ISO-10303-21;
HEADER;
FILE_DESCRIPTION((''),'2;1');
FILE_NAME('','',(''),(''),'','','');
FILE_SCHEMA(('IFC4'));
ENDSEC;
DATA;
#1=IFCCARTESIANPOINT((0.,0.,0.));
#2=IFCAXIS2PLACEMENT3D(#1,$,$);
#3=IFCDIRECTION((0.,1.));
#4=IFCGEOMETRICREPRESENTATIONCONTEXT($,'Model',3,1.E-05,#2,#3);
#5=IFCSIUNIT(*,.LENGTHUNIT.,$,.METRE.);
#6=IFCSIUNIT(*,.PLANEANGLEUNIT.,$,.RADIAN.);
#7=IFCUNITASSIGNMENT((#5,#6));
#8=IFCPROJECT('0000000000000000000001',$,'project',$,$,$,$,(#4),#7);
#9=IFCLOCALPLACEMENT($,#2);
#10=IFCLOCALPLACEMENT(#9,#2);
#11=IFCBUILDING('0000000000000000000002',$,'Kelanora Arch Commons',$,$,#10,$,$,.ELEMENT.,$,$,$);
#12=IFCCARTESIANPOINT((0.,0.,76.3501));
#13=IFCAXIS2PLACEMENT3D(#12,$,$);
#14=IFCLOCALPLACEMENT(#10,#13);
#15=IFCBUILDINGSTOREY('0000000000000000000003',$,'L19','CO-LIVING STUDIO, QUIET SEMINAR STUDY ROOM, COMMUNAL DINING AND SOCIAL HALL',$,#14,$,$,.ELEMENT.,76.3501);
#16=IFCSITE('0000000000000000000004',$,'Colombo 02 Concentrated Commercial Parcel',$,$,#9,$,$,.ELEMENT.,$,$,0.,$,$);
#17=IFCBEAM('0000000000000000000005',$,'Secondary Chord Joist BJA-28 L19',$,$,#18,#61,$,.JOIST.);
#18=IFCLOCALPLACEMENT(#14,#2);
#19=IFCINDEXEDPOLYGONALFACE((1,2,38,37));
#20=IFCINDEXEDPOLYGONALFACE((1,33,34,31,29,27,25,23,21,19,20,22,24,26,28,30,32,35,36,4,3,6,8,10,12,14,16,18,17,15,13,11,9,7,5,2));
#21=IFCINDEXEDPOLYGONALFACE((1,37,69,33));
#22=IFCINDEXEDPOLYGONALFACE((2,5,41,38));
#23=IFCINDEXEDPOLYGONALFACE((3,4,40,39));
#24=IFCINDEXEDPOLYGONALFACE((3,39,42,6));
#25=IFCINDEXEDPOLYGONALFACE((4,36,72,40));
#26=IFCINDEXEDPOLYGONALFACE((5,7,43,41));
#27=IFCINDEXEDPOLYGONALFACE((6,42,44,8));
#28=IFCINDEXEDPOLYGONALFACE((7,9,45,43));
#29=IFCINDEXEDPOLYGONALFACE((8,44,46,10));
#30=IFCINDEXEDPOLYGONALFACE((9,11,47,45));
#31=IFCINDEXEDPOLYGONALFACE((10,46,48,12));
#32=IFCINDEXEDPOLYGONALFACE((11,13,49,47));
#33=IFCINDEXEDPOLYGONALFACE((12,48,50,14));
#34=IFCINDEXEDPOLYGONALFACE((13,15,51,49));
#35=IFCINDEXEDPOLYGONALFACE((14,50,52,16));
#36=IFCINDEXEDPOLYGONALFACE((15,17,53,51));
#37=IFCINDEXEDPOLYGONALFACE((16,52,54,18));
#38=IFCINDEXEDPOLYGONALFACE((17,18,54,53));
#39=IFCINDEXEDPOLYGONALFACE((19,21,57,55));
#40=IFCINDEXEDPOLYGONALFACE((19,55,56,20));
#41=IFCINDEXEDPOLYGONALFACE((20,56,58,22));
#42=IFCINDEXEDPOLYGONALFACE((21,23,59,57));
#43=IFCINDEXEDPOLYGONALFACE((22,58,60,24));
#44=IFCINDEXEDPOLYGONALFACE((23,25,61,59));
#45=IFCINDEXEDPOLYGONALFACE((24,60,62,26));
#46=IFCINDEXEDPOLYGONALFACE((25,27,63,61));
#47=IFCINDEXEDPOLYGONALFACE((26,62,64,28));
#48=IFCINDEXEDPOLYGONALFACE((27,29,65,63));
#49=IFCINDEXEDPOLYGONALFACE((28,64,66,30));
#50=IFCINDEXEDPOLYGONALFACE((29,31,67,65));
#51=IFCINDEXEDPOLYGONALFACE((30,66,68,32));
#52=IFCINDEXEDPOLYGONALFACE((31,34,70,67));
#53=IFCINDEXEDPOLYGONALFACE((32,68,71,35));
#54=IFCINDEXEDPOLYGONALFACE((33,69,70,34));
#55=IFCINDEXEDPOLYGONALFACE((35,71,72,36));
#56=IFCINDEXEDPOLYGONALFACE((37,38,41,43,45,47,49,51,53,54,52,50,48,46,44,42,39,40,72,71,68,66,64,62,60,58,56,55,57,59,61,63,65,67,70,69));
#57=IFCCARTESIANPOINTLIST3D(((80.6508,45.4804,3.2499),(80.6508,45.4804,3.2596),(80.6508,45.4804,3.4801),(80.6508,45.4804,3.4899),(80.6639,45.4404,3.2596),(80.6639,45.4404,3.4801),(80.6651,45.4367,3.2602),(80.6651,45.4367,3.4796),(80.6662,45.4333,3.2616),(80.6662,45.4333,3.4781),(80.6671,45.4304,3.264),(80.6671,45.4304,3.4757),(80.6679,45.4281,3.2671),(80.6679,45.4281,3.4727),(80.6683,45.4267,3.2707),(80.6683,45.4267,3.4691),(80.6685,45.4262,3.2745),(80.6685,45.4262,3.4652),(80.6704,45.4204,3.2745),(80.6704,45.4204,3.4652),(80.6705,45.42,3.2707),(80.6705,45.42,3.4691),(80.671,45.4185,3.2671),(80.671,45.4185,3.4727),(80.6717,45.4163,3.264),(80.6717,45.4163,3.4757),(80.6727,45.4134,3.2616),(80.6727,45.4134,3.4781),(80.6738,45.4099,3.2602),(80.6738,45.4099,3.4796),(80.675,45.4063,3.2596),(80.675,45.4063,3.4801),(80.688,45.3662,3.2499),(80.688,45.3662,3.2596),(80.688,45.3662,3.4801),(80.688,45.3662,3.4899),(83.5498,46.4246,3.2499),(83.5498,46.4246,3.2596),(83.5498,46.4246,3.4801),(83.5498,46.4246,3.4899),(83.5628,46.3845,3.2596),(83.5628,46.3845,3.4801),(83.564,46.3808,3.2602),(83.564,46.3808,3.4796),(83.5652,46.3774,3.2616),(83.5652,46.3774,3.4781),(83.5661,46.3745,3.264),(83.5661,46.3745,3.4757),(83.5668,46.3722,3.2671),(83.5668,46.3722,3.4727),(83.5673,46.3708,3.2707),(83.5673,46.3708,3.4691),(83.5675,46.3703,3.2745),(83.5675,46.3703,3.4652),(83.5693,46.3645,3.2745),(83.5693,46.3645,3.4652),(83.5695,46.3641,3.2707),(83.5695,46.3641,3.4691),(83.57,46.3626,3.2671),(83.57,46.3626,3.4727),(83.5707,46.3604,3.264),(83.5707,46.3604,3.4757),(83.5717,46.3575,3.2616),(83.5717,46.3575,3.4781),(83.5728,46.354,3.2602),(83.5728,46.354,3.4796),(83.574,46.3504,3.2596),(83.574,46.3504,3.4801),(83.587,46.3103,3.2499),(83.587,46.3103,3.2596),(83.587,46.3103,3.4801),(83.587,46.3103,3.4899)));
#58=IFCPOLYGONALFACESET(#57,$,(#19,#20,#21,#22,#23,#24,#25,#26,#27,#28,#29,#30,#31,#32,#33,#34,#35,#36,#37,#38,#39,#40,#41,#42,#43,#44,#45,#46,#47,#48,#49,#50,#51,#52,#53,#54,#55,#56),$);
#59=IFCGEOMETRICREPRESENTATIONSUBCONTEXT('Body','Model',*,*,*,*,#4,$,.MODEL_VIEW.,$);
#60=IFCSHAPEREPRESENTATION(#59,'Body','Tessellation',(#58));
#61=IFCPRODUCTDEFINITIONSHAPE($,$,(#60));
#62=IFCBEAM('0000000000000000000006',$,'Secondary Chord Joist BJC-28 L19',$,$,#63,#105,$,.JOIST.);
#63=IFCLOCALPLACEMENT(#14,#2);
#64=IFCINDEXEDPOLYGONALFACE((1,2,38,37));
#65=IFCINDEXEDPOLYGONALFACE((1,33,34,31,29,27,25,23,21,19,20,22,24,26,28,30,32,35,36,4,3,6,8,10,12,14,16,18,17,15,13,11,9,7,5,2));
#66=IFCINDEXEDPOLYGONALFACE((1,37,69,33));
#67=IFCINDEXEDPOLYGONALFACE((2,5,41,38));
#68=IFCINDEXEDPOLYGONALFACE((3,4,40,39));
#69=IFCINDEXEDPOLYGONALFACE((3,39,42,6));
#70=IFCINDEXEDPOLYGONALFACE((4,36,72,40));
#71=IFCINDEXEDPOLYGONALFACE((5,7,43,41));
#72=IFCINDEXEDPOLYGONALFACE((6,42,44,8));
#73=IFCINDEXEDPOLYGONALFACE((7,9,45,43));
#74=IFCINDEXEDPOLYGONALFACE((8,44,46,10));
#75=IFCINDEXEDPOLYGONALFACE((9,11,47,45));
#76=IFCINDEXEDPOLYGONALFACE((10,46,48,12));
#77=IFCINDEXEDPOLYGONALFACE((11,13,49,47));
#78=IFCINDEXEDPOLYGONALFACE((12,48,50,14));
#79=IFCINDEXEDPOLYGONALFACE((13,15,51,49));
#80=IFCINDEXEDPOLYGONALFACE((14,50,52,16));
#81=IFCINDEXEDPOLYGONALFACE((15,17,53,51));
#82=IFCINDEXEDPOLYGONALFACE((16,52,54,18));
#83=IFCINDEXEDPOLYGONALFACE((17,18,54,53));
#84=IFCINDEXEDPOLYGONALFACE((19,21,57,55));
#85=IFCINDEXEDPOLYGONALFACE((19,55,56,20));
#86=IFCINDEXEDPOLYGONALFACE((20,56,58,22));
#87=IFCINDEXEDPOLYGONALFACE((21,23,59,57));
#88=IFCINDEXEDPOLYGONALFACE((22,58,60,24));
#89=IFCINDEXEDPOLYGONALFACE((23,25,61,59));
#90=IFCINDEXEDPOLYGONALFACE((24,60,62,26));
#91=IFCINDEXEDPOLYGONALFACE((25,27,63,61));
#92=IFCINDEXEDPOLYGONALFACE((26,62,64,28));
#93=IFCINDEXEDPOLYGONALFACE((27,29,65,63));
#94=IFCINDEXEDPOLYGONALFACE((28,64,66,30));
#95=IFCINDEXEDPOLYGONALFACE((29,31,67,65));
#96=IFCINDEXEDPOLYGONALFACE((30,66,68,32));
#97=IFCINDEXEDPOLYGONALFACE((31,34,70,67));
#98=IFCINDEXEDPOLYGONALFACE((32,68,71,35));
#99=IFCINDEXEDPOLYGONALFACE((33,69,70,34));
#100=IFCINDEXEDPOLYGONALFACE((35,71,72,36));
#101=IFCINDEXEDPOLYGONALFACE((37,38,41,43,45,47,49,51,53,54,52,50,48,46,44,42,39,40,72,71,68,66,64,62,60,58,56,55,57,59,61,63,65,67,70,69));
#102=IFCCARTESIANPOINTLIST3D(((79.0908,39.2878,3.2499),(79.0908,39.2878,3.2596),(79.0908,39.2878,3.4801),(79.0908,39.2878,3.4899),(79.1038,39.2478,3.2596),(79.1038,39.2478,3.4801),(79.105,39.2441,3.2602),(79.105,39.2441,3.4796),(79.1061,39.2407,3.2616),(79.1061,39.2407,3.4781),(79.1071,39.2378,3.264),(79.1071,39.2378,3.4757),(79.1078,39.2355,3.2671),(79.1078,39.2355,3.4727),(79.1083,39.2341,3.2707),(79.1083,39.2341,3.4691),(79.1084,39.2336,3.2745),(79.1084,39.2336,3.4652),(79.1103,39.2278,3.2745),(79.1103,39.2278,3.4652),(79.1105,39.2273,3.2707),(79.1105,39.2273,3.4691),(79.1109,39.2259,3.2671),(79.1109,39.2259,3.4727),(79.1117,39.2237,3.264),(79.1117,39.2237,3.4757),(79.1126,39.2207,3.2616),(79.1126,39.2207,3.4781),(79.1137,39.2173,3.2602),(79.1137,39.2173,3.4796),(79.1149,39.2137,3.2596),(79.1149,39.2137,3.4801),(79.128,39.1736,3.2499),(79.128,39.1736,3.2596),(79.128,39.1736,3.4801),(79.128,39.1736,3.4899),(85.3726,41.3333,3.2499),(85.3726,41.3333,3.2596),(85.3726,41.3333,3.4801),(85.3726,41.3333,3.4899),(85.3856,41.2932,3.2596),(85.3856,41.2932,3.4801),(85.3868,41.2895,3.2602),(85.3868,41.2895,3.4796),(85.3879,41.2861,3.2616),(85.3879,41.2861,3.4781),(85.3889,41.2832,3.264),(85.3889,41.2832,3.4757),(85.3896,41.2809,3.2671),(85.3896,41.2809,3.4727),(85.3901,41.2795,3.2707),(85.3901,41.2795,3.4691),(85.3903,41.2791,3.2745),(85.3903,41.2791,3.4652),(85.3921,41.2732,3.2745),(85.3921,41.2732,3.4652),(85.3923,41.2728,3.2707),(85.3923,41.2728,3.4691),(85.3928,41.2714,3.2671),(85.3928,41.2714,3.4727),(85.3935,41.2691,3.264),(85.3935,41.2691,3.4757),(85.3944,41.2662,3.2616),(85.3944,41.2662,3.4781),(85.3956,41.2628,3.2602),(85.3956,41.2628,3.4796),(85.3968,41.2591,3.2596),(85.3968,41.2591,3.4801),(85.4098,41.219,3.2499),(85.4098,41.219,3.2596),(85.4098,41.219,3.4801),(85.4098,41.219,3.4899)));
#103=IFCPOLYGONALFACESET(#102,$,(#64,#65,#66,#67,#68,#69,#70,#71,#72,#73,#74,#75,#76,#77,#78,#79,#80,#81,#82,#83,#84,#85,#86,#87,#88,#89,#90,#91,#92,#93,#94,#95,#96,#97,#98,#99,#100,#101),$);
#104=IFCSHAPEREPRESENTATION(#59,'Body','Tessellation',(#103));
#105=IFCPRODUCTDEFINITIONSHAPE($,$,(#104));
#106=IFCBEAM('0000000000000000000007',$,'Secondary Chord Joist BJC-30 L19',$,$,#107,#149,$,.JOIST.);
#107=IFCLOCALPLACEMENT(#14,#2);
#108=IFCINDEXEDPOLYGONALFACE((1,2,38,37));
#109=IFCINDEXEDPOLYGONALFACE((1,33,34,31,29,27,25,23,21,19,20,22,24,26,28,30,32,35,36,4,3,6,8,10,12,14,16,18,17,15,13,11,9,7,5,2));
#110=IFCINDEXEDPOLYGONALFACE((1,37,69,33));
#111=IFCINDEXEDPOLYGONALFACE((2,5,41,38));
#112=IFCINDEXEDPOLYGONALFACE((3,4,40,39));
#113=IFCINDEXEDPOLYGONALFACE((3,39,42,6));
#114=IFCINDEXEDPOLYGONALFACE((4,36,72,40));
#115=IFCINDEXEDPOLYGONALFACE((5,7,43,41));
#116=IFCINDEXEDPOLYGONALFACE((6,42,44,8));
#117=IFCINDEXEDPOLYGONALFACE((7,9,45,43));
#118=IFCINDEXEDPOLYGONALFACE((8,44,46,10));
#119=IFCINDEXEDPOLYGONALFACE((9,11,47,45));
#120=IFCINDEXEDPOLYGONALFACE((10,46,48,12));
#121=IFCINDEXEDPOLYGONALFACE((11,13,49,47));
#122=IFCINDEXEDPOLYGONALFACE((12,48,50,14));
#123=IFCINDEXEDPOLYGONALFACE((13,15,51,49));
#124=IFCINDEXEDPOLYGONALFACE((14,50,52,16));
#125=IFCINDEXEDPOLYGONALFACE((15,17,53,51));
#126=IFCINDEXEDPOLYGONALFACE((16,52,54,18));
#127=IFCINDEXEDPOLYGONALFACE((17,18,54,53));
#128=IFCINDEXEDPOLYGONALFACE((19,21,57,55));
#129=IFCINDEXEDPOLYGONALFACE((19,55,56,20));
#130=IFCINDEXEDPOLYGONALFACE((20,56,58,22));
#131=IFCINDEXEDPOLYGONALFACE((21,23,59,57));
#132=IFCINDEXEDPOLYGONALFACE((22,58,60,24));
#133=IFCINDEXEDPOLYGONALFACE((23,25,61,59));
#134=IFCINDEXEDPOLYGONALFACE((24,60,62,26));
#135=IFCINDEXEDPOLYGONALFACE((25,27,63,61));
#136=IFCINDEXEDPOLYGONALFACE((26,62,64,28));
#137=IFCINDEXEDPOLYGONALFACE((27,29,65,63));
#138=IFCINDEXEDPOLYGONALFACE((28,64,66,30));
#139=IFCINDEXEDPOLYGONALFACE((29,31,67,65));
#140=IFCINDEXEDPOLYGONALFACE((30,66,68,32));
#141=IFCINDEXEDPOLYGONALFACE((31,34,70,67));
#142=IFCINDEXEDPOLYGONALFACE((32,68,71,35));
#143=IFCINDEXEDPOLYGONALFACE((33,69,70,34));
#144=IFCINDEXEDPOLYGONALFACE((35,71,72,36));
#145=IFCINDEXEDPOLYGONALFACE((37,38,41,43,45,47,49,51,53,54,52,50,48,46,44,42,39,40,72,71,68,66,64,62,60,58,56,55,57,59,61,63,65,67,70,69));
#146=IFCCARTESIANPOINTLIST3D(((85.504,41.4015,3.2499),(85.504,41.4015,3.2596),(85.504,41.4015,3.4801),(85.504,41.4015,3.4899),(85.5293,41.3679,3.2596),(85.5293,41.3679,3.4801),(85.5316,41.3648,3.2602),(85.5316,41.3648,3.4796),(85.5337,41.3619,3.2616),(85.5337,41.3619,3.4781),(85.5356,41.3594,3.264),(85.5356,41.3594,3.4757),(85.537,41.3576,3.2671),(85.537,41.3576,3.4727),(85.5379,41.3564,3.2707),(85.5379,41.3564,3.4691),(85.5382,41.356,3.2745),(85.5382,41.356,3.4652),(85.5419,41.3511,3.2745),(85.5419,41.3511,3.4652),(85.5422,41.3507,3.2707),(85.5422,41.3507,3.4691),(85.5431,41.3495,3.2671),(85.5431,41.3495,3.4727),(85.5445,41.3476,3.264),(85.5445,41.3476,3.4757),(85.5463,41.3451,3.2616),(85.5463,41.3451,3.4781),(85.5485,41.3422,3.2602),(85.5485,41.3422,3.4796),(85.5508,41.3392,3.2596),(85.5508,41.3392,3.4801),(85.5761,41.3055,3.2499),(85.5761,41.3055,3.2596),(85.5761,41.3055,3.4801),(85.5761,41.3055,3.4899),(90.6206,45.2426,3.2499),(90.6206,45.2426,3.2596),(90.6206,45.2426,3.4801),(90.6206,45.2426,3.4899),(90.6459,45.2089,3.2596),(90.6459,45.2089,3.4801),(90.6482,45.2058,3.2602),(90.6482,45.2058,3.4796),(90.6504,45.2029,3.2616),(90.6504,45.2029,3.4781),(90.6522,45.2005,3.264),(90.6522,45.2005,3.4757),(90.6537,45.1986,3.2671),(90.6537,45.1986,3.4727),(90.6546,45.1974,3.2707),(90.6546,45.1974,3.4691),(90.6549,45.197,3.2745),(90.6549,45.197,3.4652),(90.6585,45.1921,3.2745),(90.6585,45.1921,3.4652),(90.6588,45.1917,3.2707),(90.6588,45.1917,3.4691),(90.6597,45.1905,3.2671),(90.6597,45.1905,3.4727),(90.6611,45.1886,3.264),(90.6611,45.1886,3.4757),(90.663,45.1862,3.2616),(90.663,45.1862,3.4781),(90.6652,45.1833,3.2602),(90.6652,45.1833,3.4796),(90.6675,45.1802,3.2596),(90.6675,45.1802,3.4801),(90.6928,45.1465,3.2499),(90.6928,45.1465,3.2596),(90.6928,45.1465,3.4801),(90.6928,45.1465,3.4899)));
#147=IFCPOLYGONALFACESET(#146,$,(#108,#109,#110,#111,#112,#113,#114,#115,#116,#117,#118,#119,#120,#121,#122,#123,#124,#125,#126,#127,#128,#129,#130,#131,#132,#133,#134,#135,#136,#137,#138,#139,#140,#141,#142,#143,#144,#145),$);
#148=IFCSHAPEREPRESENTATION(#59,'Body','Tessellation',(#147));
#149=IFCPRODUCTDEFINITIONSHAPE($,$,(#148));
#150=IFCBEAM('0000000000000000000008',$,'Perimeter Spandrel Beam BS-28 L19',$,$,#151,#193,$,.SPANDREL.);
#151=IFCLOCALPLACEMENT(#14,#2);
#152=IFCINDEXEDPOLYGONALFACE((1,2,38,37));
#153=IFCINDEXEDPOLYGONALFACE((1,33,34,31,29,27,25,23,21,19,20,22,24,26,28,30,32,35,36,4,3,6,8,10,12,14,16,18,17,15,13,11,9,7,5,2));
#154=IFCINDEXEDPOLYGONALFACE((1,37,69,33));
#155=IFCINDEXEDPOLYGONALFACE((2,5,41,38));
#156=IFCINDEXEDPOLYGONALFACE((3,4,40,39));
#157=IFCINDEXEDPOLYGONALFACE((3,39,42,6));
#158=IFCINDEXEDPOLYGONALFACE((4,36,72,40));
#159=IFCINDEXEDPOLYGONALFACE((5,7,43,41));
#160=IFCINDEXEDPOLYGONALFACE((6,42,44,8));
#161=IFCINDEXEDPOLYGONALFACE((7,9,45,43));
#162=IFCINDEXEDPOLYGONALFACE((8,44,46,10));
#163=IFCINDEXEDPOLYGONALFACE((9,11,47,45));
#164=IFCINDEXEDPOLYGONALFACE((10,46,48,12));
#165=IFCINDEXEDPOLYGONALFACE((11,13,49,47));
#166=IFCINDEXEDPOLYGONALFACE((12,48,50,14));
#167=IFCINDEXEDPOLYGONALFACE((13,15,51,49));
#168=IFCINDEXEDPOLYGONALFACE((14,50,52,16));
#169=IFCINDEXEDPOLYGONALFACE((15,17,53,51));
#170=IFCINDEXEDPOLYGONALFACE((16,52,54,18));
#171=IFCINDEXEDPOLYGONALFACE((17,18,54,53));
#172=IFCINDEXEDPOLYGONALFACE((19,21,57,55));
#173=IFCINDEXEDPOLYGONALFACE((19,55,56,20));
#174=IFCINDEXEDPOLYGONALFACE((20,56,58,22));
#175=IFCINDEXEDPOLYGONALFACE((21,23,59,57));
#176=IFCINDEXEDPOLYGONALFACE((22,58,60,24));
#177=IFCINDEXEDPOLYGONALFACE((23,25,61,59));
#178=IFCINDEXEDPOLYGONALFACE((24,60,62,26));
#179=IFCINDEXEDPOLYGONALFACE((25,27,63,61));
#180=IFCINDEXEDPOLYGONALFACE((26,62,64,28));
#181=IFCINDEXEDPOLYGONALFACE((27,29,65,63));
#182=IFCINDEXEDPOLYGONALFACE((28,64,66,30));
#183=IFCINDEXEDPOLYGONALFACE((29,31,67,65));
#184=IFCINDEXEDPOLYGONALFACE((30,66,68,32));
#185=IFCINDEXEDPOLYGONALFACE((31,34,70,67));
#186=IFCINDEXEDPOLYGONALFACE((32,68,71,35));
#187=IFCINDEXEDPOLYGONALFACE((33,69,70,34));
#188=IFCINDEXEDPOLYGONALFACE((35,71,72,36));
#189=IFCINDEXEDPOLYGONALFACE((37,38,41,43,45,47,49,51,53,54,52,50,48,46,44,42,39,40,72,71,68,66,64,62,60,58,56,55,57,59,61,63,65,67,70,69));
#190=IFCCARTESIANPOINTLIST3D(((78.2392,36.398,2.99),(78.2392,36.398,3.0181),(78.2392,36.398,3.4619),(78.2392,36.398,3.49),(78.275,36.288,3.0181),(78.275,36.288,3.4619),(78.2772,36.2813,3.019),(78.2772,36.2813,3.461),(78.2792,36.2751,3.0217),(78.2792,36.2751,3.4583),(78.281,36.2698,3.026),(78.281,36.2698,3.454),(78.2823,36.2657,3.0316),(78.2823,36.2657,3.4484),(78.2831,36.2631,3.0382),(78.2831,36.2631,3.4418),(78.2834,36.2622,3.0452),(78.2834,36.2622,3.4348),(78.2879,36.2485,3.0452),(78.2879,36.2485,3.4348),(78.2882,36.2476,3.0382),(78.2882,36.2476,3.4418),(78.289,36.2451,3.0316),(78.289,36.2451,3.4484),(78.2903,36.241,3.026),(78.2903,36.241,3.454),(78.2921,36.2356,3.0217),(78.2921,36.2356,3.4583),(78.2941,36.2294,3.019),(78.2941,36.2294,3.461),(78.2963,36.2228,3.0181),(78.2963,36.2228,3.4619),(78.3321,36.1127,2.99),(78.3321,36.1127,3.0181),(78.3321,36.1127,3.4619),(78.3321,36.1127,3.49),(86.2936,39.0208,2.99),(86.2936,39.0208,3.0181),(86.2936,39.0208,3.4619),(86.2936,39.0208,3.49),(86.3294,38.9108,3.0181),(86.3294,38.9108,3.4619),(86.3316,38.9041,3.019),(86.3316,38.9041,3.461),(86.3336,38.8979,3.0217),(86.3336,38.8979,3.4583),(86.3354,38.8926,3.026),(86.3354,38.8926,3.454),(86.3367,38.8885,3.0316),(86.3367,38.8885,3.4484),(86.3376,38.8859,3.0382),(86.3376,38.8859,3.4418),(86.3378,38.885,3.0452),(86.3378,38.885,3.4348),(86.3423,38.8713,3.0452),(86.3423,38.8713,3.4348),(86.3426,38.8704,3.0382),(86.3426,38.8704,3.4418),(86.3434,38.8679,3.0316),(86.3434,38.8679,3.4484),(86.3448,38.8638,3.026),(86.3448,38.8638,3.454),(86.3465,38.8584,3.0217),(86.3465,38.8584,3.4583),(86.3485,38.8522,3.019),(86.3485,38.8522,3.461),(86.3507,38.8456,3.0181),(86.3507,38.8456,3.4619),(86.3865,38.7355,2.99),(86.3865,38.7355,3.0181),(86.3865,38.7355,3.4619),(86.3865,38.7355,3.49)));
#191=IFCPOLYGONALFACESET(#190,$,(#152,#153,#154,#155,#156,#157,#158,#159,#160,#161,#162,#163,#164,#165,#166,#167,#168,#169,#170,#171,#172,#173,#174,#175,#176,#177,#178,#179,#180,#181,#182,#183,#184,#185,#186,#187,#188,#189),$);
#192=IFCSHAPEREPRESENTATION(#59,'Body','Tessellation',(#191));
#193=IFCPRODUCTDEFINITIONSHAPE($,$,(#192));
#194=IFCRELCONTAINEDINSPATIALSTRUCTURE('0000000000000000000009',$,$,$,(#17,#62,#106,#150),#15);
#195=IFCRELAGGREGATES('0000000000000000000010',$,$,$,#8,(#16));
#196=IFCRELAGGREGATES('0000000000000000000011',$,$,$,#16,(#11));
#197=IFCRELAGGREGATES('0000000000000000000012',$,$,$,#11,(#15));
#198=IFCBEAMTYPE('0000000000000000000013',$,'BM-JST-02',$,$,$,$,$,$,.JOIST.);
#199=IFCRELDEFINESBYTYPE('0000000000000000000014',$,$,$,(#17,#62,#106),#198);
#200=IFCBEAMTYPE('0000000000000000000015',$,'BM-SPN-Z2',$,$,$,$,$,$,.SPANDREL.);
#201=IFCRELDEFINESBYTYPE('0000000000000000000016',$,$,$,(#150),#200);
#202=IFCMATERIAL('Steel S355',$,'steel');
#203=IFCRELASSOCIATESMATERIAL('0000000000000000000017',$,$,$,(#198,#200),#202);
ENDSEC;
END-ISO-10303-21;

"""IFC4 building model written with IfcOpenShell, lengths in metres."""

from ifc_helpers import new_model, si_unit, direction, frame, origin, origin_2d, place, context, subcontext, project, spatial, i_section, extrude, material, material_profile, profile_set, type_object, element, save


model = new_model("IFC4")

# Units and contexts
model_context = context("Model", 3, precision=1e-05, world=origin(), true_north=direction((0.0, 1.0)))
body_context = subcontext(model_context, "Body", "Model", "MODEL_VIEW")
ifc_project = project(units=[si_unit("LENGTHUNIT", "METRE"), si_unit("PLANEANGLEUNIT", "RADIAN")], contexts=[model_context])

# Site, building, storey
site_placement = place(None, origin())
site = spatial("IfcSite", under=ifc_project, at=site_placement, Name="Colombo 02 Concentrated Commercial Parcel", CompositionType="ELEMENT", RefElevation=0.0)
building_placement = place(site_placement, origin())
building = spatial("IfcBuilding", under=site, at=building_placement, Name="Kelanora Arch Commons", CompositionType="ELEMENT")
storey_placement = place(building_placement, frame((0.0, 0.0, 76.3501)))
storey = spatial("IfcBuildingStorey", under=building, at=storey_placement, Name="L19", Description="CO-LIVING STUDIO, QUIET SEMINAR STUDY ROOM, COMMUNAL DINING AND SOCIAL HALL", CompositionType="ELEMENT", Elevation=76.3501)

# Beams
ifc_material_1 = material(Name="Steel S355", Category="steel")
ifc_material_profile_1 = material_profile(ifc_material_1, i_section(OverallWidth=0.1201, OverallDepth=0.24, WebThickness=0.0061, FlangeThickness=0.0098, FilletRadius=0.0149, at=origin_2d()), Name="IPE240")
ifc_profile_set_1 = profile_set([ifc_material_profile_1], Name="Steel S355")
beam_type_1 = type_object("IfcBeamType", Name="BM-JST-02", PredefinedType="JOIST", material=ifc_profile_set_1)
beam_1_placement = place(storey_placement, frame((80.6694, 45.4233, 3.3699), z_axis=(0.950847, 0.309662, 0.0), x_axis=(-0.309662, 0.950847, 0.0)))
element("IfcBeam", 1, at=beam_1_placement, inside=storey, type_object=beam_type_1, Name="Secondary Chord Joist BJA-28 L19", PredefinedType="JOIST", context=body_context, shape_type="SweptSolid", body=[
    extrude(i_section(OverallWidth=0.1201, OverallDepth=0.24, WebThickness=0.0061, FlangeThickness=0.0098, FilletRadius=0.0149, at=origin_2d()), origin(), (0.0, 0.0, 1.0), 3.0488),
])
beam_2_placement = place(storey_placement, frame((79.1094, 39.2307, 3.3699), z_axis=(0.950863, 0.309612, 0.0), x_axis=(-0.309612, 0.950863, 0.0)))
element("IfcBeam", 2, at=beam_2_placement, inside=storey, type_object=beam_type_1, Name="Secondary Chord Joist BJC-28 L19", PredefinedType="JOIST", context=body_context, shape_type="SweptSolid", body=[
    extrude(i_section(OverallWidth=0.1201, OverallDepth=0.24, WebThickness=0.0061, FlangeThickness=0.0098, FilletRadius=0.0149, at=origin_2d()), origin(), (0.0, 0.0, 1.0), 6.6064),
])
beam_3_placement = place(storey_placement, frame((85.54, 41.3535, 3.3699), z_axis=(0.799734, 0.600354, 0.0), x_axis=(-0.600354, 0.799734, 0.0)))
element("IfcBeam", 3, at=beam_3_placement, inside=storey, type_object=beam_type_1, Name="Secondary Chord Joist BJC-30 L19", PredefinedType="JOIST", context=body_context, shape_type="SweptSolid", body=[
    extrude(i_section(OverallWidth=0.1201, OverallDepth=0.24, WebThickness=0.0061, FlangeThickness=0.0098, FilletRadius=0.0149, at=origin_2d()), origin(), (0.0, 0.0, 1.0), 6.3979),
])
ifc_material_profile_2 = material_profile(ifc_material_1, i_section(OverallWidth=0.3, OverallDepth=0.5, WebThickness=0.0144, FlangeThickness=0.0281, FilletRadius=0.0271, at=origin_2d()), Name="HEB500")
ifc_profile_set_2 = profile_set([ifc_material_profile_2], Name="Steel S355")
beam_type_2 = type_object("IfcBeamType", Name="BM-SPN-Z2", PredefinedType="SPANDREL", material=ifc_profile_set_2)
beam_4_placement = place(storey_placement, frame((78.2856, 36.2554, 3.24), z_axis=(0.950857, 0.309631, 0.0), x_axis=(-0.309631, 0.950857, 0.0)))
element("IfcBeam", 4, at=beam_4_placement, inside=storey, type_object=beam_type_2, Name="Perimeter Spandrel Beam BS-28 L19", PredefinedType="SPANDREL", context=body_context, shape_type="SweptSolid", body=[
    extrude(i_section(OverallWidth=0.3, OverallDepth=0.5, WebThickness=0.0144, FlangeThickness=0.0281, FilletRadius=0.0271, at=origin_2d()), origin(), (0.0, 0.0, 1.0), 8.4707),
])

save(model, "model.ifc")
